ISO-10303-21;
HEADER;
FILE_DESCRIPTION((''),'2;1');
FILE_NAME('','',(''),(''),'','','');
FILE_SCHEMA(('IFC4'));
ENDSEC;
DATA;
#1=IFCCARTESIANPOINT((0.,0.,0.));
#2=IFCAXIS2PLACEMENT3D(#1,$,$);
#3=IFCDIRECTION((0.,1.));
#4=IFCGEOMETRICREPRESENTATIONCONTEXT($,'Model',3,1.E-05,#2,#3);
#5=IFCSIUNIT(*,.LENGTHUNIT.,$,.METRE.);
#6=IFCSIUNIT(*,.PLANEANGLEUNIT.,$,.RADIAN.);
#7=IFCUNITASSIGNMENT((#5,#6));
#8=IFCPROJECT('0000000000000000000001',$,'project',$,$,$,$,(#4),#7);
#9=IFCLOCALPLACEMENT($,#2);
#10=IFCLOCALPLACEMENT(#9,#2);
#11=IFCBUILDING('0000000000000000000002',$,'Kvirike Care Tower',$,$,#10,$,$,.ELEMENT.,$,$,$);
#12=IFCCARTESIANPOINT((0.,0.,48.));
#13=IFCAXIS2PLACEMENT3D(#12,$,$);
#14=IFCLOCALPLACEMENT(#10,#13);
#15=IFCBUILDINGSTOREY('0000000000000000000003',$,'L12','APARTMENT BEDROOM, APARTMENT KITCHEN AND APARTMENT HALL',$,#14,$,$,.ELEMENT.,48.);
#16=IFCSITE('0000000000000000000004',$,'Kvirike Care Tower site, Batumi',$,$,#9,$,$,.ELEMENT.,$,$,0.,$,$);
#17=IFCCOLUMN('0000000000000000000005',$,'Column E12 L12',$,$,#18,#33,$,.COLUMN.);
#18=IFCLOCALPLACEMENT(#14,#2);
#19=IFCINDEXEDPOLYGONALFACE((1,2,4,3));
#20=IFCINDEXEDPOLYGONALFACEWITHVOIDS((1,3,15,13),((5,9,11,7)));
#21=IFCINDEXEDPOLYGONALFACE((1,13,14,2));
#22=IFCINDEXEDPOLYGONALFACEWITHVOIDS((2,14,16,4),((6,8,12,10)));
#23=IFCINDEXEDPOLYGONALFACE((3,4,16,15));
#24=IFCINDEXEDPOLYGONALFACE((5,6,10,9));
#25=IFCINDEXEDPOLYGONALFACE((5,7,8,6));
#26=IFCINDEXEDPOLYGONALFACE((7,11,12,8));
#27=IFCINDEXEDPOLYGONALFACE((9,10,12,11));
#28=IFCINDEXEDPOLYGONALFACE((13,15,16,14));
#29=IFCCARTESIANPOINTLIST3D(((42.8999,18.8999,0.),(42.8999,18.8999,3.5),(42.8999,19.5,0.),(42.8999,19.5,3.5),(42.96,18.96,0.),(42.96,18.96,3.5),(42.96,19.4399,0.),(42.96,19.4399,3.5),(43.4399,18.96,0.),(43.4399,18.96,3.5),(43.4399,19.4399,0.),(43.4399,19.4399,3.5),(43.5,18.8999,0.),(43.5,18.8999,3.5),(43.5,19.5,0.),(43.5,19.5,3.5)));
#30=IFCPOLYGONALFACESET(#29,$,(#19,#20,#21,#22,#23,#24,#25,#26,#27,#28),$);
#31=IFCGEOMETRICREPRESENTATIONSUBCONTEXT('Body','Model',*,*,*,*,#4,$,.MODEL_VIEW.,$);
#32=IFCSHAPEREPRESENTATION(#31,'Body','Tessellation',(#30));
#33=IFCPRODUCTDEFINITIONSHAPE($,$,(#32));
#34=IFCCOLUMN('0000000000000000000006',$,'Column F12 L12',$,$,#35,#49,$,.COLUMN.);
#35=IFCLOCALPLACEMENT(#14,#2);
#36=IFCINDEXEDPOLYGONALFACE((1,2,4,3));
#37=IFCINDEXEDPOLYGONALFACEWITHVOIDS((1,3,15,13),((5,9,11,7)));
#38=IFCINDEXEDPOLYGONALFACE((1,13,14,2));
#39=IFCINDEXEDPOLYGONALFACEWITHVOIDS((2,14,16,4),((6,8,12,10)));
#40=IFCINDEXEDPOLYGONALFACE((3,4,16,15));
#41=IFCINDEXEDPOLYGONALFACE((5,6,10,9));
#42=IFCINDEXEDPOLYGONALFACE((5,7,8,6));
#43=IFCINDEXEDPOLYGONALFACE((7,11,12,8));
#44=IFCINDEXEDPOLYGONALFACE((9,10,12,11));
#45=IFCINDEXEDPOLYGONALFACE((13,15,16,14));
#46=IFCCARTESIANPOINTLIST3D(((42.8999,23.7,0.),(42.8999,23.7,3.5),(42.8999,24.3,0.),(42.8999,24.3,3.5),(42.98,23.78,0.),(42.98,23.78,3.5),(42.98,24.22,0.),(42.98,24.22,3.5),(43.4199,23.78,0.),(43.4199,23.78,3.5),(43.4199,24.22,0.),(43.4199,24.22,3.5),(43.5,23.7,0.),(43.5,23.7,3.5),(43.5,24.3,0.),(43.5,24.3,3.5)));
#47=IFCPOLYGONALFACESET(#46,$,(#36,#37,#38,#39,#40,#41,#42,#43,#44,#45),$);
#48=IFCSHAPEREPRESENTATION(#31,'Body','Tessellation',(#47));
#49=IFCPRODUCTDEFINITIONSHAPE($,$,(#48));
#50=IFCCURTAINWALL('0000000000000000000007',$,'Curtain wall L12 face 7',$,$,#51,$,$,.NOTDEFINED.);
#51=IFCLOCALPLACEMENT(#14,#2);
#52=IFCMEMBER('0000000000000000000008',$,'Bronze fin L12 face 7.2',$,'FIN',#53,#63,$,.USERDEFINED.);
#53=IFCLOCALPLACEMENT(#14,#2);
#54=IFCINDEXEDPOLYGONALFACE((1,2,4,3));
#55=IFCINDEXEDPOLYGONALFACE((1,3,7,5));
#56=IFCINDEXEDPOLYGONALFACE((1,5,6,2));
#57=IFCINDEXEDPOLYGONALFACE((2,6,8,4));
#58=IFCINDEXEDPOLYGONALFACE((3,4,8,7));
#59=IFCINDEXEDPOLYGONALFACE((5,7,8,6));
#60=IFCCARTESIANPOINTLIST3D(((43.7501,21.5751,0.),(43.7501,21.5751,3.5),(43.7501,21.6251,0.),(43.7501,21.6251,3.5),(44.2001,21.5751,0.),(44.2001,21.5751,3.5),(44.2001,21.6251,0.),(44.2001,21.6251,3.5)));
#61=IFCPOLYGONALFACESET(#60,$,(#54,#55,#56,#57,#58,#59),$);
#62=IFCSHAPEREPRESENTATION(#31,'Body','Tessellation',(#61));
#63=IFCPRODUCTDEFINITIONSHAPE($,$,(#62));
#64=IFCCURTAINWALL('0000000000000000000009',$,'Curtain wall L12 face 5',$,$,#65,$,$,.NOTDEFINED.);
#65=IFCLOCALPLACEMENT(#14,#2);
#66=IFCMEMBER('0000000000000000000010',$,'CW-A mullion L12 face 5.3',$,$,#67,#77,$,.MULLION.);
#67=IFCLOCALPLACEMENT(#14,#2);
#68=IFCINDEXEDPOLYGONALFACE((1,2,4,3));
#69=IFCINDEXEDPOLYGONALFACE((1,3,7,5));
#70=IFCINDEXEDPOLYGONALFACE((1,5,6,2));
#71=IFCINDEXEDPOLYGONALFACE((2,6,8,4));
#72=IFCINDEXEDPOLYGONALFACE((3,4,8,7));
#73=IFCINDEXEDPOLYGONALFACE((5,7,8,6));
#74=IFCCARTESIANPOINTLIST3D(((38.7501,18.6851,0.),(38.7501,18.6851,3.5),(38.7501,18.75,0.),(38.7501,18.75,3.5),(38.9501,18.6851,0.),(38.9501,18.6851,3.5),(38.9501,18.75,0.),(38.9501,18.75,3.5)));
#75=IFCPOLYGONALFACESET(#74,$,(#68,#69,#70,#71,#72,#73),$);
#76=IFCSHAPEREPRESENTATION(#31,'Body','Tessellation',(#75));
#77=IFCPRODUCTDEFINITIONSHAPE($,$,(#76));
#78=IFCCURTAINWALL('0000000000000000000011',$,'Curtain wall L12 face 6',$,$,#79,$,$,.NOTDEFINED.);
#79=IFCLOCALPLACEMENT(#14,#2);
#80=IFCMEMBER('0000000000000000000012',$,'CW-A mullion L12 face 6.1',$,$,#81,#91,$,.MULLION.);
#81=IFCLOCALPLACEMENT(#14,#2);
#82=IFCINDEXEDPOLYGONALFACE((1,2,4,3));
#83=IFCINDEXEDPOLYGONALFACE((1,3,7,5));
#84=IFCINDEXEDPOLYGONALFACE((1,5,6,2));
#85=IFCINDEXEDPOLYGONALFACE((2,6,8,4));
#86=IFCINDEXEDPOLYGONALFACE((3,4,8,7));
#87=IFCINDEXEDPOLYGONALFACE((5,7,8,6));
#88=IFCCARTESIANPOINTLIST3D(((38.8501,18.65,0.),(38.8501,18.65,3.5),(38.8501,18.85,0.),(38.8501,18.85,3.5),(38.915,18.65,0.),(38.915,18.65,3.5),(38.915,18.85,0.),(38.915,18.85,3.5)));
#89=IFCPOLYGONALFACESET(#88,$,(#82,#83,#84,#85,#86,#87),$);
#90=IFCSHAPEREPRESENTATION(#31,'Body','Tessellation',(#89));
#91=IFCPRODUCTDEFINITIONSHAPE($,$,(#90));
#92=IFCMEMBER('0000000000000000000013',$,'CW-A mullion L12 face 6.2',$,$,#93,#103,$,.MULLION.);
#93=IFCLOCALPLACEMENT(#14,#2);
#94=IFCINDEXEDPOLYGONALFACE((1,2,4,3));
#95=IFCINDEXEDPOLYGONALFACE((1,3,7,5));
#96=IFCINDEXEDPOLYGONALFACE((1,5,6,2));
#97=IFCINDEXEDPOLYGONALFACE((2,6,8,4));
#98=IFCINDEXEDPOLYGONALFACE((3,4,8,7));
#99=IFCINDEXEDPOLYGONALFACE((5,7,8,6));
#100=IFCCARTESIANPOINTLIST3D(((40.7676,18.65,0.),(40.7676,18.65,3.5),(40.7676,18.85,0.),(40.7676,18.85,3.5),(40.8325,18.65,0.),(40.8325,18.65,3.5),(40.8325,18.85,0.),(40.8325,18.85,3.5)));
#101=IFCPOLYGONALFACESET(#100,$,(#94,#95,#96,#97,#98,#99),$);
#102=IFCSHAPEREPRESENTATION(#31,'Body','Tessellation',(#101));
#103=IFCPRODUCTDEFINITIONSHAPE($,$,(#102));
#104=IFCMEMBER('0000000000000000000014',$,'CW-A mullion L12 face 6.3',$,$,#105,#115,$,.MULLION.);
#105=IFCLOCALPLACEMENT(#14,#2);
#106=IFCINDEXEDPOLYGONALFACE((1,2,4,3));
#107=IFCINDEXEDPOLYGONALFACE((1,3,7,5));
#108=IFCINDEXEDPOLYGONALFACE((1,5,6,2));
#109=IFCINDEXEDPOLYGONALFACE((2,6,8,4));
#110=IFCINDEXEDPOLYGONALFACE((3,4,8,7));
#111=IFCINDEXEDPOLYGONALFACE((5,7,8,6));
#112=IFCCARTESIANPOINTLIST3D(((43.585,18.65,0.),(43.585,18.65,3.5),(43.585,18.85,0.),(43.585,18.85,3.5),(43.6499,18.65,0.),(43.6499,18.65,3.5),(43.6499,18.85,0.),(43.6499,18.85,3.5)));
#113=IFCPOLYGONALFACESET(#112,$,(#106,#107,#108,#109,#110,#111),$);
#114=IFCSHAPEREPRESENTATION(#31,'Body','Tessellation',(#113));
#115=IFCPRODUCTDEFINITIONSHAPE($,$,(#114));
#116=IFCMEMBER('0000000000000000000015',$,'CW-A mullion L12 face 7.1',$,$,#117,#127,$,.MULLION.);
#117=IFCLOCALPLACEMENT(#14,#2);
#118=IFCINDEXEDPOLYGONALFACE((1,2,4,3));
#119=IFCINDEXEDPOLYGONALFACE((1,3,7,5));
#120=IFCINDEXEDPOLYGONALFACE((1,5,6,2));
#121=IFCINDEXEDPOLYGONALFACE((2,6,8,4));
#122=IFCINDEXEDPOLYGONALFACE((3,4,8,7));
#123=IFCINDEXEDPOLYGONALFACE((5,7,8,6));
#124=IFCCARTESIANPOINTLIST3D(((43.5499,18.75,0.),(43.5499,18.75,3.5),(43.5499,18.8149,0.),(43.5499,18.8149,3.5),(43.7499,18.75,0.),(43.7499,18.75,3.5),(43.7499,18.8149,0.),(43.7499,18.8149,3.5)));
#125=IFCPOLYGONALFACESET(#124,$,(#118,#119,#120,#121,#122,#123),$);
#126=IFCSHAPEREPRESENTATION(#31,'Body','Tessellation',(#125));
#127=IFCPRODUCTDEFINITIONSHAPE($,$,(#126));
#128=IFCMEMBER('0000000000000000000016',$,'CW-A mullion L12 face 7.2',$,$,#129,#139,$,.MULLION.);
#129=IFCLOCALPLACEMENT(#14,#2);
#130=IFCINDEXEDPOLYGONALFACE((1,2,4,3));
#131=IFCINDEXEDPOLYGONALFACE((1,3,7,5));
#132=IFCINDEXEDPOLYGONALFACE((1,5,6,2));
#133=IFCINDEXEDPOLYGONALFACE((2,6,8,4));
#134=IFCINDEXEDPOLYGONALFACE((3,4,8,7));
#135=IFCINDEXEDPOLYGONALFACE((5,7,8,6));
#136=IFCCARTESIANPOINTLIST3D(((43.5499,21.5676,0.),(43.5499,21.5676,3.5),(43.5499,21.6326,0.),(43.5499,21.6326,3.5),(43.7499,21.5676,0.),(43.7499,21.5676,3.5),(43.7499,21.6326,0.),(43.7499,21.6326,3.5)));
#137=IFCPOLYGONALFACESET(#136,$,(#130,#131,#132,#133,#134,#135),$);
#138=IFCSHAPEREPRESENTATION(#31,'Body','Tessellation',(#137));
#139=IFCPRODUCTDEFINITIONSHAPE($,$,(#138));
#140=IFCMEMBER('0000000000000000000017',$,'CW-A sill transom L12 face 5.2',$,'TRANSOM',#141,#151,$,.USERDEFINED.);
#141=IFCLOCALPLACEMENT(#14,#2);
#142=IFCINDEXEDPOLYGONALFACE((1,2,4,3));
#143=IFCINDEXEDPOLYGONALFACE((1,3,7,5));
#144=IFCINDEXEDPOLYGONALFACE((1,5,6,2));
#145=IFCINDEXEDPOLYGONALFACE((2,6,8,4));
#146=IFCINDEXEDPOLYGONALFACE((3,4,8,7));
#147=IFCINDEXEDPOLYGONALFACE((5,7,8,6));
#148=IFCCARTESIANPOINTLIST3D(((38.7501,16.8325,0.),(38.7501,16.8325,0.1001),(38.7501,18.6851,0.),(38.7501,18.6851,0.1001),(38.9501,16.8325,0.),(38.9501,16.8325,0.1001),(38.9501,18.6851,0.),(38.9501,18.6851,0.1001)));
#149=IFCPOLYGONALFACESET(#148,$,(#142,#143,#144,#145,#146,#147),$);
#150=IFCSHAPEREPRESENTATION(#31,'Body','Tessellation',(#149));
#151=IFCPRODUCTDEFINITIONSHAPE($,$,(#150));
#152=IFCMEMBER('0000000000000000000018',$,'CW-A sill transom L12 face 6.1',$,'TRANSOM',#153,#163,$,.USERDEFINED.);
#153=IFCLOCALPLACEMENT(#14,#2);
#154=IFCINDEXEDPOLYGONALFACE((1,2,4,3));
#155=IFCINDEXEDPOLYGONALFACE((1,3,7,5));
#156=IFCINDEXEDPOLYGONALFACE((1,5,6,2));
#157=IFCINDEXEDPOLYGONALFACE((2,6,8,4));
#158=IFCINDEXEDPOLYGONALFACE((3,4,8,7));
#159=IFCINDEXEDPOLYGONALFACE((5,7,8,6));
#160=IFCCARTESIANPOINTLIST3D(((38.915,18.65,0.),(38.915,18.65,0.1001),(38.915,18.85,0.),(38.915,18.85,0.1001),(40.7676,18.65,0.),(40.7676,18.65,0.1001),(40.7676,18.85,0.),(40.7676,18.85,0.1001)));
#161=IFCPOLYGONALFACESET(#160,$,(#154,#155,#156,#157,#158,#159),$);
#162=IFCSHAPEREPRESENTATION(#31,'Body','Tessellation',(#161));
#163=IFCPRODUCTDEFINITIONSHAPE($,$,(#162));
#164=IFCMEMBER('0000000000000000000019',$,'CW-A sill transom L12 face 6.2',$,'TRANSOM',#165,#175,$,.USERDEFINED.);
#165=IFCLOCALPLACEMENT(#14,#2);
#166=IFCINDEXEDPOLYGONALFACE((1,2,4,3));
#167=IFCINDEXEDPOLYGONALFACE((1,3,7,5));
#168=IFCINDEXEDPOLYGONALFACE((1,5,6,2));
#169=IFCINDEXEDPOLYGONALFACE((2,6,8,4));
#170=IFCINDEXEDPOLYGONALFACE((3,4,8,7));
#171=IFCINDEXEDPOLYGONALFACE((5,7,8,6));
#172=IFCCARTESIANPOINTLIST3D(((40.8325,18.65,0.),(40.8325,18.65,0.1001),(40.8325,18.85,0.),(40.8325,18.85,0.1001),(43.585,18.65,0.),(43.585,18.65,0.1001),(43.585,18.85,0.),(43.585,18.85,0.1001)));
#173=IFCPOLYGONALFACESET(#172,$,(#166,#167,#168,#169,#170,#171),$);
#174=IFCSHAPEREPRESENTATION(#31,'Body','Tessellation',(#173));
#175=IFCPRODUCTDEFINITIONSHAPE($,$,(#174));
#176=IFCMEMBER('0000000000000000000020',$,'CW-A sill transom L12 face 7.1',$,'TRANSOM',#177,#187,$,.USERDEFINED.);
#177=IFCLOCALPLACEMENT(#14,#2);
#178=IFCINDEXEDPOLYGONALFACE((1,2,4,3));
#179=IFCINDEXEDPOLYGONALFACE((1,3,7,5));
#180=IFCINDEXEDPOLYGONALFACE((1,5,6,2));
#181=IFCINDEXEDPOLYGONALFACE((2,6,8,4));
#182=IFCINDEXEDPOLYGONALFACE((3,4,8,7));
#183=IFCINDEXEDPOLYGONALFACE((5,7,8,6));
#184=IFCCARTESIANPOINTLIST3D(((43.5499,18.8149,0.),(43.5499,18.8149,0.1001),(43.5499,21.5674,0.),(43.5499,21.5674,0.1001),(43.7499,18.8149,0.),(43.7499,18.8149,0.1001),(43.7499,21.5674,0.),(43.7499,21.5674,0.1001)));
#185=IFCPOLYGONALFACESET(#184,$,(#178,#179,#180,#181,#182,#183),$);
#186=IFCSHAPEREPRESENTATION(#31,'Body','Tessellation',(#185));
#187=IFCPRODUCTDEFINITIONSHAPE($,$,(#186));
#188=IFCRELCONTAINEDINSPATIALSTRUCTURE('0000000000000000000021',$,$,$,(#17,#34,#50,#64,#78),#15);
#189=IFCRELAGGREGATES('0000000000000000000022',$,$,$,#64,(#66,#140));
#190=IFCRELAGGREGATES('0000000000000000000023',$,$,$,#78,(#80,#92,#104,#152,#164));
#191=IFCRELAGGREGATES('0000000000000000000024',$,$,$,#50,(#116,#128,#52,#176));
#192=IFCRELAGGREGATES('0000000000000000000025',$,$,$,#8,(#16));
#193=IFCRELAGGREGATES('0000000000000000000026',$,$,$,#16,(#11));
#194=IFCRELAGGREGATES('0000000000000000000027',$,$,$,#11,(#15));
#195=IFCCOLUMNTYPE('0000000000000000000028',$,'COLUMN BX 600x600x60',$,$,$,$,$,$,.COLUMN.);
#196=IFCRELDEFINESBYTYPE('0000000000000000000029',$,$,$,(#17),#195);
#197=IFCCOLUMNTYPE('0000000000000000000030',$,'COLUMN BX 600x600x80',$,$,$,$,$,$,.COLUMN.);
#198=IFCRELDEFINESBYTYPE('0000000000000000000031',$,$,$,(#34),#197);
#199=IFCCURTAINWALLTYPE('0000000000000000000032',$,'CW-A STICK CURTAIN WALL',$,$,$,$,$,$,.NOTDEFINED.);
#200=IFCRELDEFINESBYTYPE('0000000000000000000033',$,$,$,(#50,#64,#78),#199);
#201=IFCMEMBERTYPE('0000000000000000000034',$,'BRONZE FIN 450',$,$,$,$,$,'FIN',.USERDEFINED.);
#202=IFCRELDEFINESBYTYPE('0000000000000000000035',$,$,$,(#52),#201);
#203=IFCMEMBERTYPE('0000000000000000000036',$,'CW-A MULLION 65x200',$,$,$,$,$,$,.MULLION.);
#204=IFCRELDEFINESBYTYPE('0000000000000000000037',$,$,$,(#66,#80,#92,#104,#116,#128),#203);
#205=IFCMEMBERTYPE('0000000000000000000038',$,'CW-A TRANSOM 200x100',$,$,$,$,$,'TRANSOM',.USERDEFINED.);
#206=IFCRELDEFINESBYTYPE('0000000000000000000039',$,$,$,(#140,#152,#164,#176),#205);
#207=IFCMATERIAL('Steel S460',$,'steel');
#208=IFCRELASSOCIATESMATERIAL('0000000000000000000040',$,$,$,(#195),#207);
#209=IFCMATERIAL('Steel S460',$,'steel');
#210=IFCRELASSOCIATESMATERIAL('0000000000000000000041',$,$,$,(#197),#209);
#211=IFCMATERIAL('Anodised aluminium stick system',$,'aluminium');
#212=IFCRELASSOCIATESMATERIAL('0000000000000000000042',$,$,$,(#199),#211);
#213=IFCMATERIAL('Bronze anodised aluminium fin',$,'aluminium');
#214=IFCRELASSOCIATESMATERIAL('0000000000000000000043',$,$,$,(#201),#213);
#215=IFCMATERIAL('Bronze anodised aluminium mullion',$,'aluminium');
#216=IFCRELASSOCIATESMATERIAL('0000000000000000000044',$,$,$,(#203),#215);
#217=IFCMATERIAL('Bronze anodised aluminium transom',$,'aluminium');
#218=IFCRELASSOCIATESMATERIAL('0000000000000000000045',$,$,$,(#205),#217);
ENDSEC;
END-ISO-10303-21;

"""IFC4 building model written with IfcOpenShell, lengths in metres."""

from ifc_helpers import new_model, si_unit, direction, frame, origin, origin_2d, place, context, subcontext, project, spatial, rectangle, hollow_rectangle, extrude, material, material_profile, profile_set, type_object, element, aggregate, save


model = new_model("IFC4")

# Units and contexts
model_context = context("Model", 3, precision=1e-05, world=origin(), true_north=direction((0.0, 1.0)))
body_context = subcontext(model_context, "Body", "Model", "MODEL_VIEW")
ifc_project = project(units=[si_unit("LENGTHUNIT", "METRE"), si_unit("PLANEANGLEUNIT", "RADIAN")], contexts=[model_context])

# Site, building, storey
site_placement = place(None, origin())
site = spatial("IfcSite", under=ifc_project, at=site_placement, Name="Kvirike Care Tower site, Batumi", CompositionType="ELEMENT", RefElevation=0.0)
building_placement = place(site_placement, origin())
building = spatial("IfcBuilding", under=site, at=building_placement, Name="Kvirike Care Tower", CompositionType="ELEMENT")
storey_placement = place(building_placement, frame((0.0, 0.0, 48.0)))
storey = spatial("IfcBuildingStorey", under=building, at=storey_placement, Name="L12", Description="APARTMENT BEDROOM, APARTMENT KITCHEN AND APARTMENT HALL", CompositionType="ELEMENT", Elevation=48.0)

# Columns
ifc_material_1 = material(Name="Steel S460", Category="steel")
ifc_material_profile_1 = material_profile(ifc_material_1, hollow_rectangle(XDim=0.6001, YDim=0.6001, WallThickness=0.0601, at=origin_2d()), Name="BX 600x600x60")
ifc_profile_set_1 = profile_set([ifc_material_profile_1], Name="Steel S460")
column_type_1 = type_object("IfcColumnType", Name="COLUMN BX 600x600x60", PredefinedType="COLUMN", material=ifc_profile_set_1)
column_1_placement = place(storey_placement, frame((43.2, 19.2, 0.0), z_axis=(0.0, 0.0, 1.0), x_axis=(0.0, 1.0, 0.0)))
element("IfcColumn", 1, at=column_1_placement, inside=storey, type_object=column_type_1, Name="Column E12 L12", PredefinedType="COLUMN", context=body_context, shape_type="SweptSolid", body=[
    extrude(hollow_rectangle(XDim=0.6001, YDim=0.6001, WallThickness=0.0601, at=origin_2d()), origin(), (0.0, 0.0, 1.0), 3.5),
])
ifc_material_2 = material(Name="Steel S460", Category="steel")
ifc_material_profile_2 = material_profile(ifc_material_2, hollow_rectangle(XDim=0.6001, YDim=0.6001, WallThickness=0.0801, at=origin_2d()), Name="BX 600x600x80")
ifc_profile_set_2 = profile_set([ifc_material_profile_2], Name="Steel S460")
column_type_2 = type_object("IfcColumnType", Name="COLUMN BX 600x600x80", PredefinedType="COLUMN", material=ifc_profile_set_2)
column_2_placement = place(storey_placement, frame((43.2, 24.0, 0.0), z_axis=(0.0, 0.0, 1.0), x_axis=(1.0, 0.0, 0.0)))
element("IfcColumn", 2, at=column_2_placement, inside=storey, type_object=column_type_2, Name="Column F12 L12", PredefinedType="COLUMN", context=body_context, shape_type="SweptSolid", body=[
    extrude(hollow_rectangle(XDim=0.6001, YDim=0.6001, WallThickness=0.0801, at=origin_2d()), origin(), (0.0, 0.0, 1.0), 3.5),
])

# Curtain walls, members
ifc_material_3 = material(Name="Anodised aluminium stick system", Category="aluminium")
curtain_wall_type = type_object("IfcCurtainWallType", Name="CW-A STICK CURTAIN WALL", PredefinedType="NOTDEFINED", material=ifc_material_3)
curtain_wall_1_placement = place(storey_placement, origin())
curtain_wall_1 = element("IfcCurtainWall", 3, at=curtain_wall_1_placement, inside=storey, type_object=curtain_wall_type, Name="Curtain wall L12 face 7", PredefinedType="NOTDEFINED")
ifc_material_4 = material(Name="Bronze anodised aluminium fin", Category="aluminium")
ifc_material_profile_3 = material_profile(ifc_material_4, rectangle(XDim=0.05, YDim=0.45, at=origin_2d()), Name="BRONZE FIN 450")
ifc_profile_set_3 = profile_set([ifc_material_profile_3], Name="Bronze anodised aluminium fin")
member_type_1 = type_object("IfcMemberType", Name="BRONZE FIN 450", ElementType="FIN", PredefinedType="USERDEFINED", material=ifc_profile_set_3)
member_1_placement = place(storey_placement, frame((43.9751, 21.6001, 0.0), z_axis=(0.0, 0.0, 1.0), x_axis=(0.0, 1.0, 0.0)))
member_1 = element("IfcMember", 4, at=member_1_placement, type_object=member_type_1, Name="Bronze fin L12 face 7.2", ObjectType="FIN", PredefinedType="USERDEFINED", context=body_context, shape_type="SweptSolid", body=[
    extrude(rectangle(XDim=0.05, YDim=0.45, at=origin_2d()), origin(), (0.0, 0.0, 1.0), 3.5),
])
curtain_wall_2_placement = place(storey_placement, origin())
curtain_wall_2 = element("IfcCurtainWall", 5, at=curtain_wall_2_placement, inside=storey, type_object=curtain_wall_type, Name="Curtain wall L12 face 5", PredefinedType="NOTDEFINED")
ifc_material_5 = material(Name="Bronze anodised aluminium mullion", Category="aluminium")
ifc_material_profile_4 = material_profile(ifc_material_5, rectangle(XDim=0.0649, YDim=0.2, at=origin_2d()), Name="CW-A MULLION 65x200")
ifc_profile_set_4 = profile_set([ifc_material_profile_4], Name="Bronze anodised aluminium mullion")
member_type_2 = type_object("IfcMemberType", Name="CW-A MULLION 65x200", PredefinedType="MULLION", material=ifc_profile_set_4)
member_2_placement = place(storey_placement, frame((38.8501, 18.7175, 0.0), z_axis=(0.0, 0.0, 1.0), x_axis=(0.0, 1.0, 0.0)))
member_2 = element("IfcMember", 6, at=member_2_placement, type_object=member_type_2, Name="CW-A mullion L12 face 5.3", PredefinedType="MULLION", context=body_context, shape_type="SweptSolid", body=[
    extrude(rectangle(XDim=0.0649, YDim=0.2, at=origin_2d()), origin(), (0.0, 0.0, 1.0), 3.5),
])

# Curtain wall, members
curtain_wall_3_placement = place(storey_placement, origin())
curtain_wall_3 = element("IfcCurtainWall", 7, at=curtain_wall_3_placement, inside=storey, type_object=curtain_wall_type, Name="Curtain wall L12 face 6", PredefinedType="NOTDEFINED")
member_3_placement = place(storey_placement, frame((38.8826, 18.75, 0.0), z_axis=(0.0, 0.0, 1.0), x_axis=(1.0, 0.0, 0.0)))
member_3 = element("IfcMember", 8, at=member_3_placement, type_object=member_type_2, Name="CW-A mullion L12 face 6.1", PredefinedType="MULLION", context=body_context, shape_type="SweptSolid", body=[
    extrude(rectangle(XDim=0.0649, YDim=0.2, at=origin_2d()), origin(), (0.0, 0.0, 1.0), 3.5),
])
member_4_placement = place(storey_placement, frame((40.8, 18.75, 0.0), z_axis=(0.0, 0.0, 1.0), x_axis=(1.0, 0.0, 0.0)))
member_4 = element("IfcMember", 9, at=member_4_placement, type_object=member_type_2, Name="CW-A mullion L12 face 6.2", PredefinedType="MULLION", context=body_context, shape_type="SweptSolid", body=[
    extrude(rectangle(XDim=0.0649, YDim=0.2, at=origin_2d()), origin(), (0.0, 0.0, 1.0), 3.5),
])
member_5_placement = place(storey_placement, frame((43.6174, 18.75, 0.0), z_axis=(0.0, 0.0, 1.0), x_axis=(1.0, 0.0, 0.0)))
member_5 = element("IfcMember", 10, at=member_5_placement, type_object=member_type_2, Name="CW-A mullion L12 face 6.3", PredefinedType="MULLION", context=body_context, shape_type="SweptSolid", body=[
    extrude(rectangle(XDim=0.0649, YDim=0.2, at=origin_2d()), origin(), (0.0, 0.0, 1.0), 3.5),
])

# Members
member_6_placement = place(storey_placement, frame((43.6499, 18.7825, 0.0), z_axis=(0.0, 0.0, 1.0), x_axis=(0.0, 1.0, 0.0)))
member_6 = element("IfcMember", 11, at=member_6_placement, type_object=member_type_2, Name="CW-A mullion L12 face 7.1", PredefinedType="MULLION", context=body_context, shape_type="SweptSolid", body=[
    extrude(rectangle(XDim=0.0649, YDim=0.2, at=origin_2d()), origin(), (0.0, 0.0, 1.0), 3.5),
])
member_7_placement = place(storey_placement, frame((43.6499, 21.6001, 0.0), z_axis=(0.0, 0.0, 1.0), x_axis=(0.0, 1.0, 0.0)))
member_7 = element("IfcMember", 12, at=member_7_placement, type_object=member_type_2, Name="CW-A mullion L12 face 7.2", PredefinedType="MULLION", context=body_context, shape_type="SweptSolid", body=[
    extrude(rectangle(XDim=0.0649, YDim=0.2, at=origin_2d()), origin(), (0.0, 0.0, 1.0), 3.5),
])
ifc_material_6 = material(Name="Bronze anodised aluminium transom", Category="aluminium")
ifc_material_profile_5 = material_profile(ifc_material_6, rectangle(XDim=0.2, YDim=0.1001, at=origin_2d()), Name="CW-A TRANSOM 200x100")
ifc_profile_set_5 = profile_set([ifc_material_profile_5], Name="Bronze anodised aluminium transom")
member_type_3 = type_object("IfcMemberType", Name="CW-A TRANSOM 200x100", ElementType="TRANSOM", PredefinedType="USERDEFINED", material=ifc_profile_set_5)
member_8_placement = place(storey_placement, frame((38.8501, 16.8325, 0.05), z_axis=(0.0, 1.0, 0.0), x_axis=(-1.0, 0.0, 0.0)))
member_8 = element("IfcMember", 13, at=member_8_placement, type_object=member_type_3, Name="CW-A sill transom L12 face 5.2", ObjectType="TRANSOM", PredefinedType="USERDEFINED", context=body_context, shape_type="SweptSolid", body=[
    extrude(rectangle(XDim=0.2, YDim=0.1001, at=origin_2d()), origin(), (0.0, 0.0, 1.0), 1.8525),
])
member_9_placement = place(storey_placement, frame((38.915, 18.75, 0.05), z_axis=(1.0, 0.0, 0.0), x_axis=(0.0, 1.0, 0.0)))
member_9 = element("IfcMember", 14, at=member_9_placement, type_object=member_type_3, Name="CW-A sill transom L12 face 6.1", ObjectType="TRANSOM", PredefinedType="USERDEFINED", context=body_context, shape_type="SweptSolid", body=[
    extrude(rectangle(XDim=0.2, YDim=0.1001, at=origin_2d()), origin(), (0.0, 0.0, 1.0), 1.8525),
])
member_10_placement = place(storey_placement, frame((40.8325, 18.75, 0.05), z_axis=(1.0, 0.0, 0.0), x_axis=(0.0, 1.0, 0.0)))
member_10 = element("IfcMember", 15, at=member_10_placement, type_object=member_type_3, Name="CW-A sill transom L12 face 6.2", ObjectType="TRANSOM", PredefinedType="USERDEFINED", context=body_context, shape_type="SweptSolid", body=[
    extrude(rectangle(XDim=0.2, YDim=0.1001, at=origin_2d()), origin(), (0.0, 0.0, 1.0), 2.7524),
])
member_11_placement = place(storey_placement, frame((43.6499, 18.8149, 0.05), z_axis=(0.0, 1.0, 0.0), x_axis=(-1.0, 0.0, 0.0)))
member_11 = element("IfcMember", 16, at=member_11_placement, type_object=member_type_3, Name="CW-A sill transom L12 face 7.1", ObjectType="TRANSOM", PredefinedType="USERDEFINED", context=body_context, shape_type="SweptSolid", body=[
    extrude(rectangle(XDim=0.2, YDim=0.1001, at=origin_2d()), origin(), (0.0, 0.0, 1.0), 2.7524),
])

aggregate(curtain_wall_2, [member_2, member_8])
aggregate(curtain_wall_3, [member_3, member_4, member_5, member_9, member_10])
aggregate(curtain_wall_1, [member_6, member_7, member_1, member_11])

save(model, "model.ifc")
